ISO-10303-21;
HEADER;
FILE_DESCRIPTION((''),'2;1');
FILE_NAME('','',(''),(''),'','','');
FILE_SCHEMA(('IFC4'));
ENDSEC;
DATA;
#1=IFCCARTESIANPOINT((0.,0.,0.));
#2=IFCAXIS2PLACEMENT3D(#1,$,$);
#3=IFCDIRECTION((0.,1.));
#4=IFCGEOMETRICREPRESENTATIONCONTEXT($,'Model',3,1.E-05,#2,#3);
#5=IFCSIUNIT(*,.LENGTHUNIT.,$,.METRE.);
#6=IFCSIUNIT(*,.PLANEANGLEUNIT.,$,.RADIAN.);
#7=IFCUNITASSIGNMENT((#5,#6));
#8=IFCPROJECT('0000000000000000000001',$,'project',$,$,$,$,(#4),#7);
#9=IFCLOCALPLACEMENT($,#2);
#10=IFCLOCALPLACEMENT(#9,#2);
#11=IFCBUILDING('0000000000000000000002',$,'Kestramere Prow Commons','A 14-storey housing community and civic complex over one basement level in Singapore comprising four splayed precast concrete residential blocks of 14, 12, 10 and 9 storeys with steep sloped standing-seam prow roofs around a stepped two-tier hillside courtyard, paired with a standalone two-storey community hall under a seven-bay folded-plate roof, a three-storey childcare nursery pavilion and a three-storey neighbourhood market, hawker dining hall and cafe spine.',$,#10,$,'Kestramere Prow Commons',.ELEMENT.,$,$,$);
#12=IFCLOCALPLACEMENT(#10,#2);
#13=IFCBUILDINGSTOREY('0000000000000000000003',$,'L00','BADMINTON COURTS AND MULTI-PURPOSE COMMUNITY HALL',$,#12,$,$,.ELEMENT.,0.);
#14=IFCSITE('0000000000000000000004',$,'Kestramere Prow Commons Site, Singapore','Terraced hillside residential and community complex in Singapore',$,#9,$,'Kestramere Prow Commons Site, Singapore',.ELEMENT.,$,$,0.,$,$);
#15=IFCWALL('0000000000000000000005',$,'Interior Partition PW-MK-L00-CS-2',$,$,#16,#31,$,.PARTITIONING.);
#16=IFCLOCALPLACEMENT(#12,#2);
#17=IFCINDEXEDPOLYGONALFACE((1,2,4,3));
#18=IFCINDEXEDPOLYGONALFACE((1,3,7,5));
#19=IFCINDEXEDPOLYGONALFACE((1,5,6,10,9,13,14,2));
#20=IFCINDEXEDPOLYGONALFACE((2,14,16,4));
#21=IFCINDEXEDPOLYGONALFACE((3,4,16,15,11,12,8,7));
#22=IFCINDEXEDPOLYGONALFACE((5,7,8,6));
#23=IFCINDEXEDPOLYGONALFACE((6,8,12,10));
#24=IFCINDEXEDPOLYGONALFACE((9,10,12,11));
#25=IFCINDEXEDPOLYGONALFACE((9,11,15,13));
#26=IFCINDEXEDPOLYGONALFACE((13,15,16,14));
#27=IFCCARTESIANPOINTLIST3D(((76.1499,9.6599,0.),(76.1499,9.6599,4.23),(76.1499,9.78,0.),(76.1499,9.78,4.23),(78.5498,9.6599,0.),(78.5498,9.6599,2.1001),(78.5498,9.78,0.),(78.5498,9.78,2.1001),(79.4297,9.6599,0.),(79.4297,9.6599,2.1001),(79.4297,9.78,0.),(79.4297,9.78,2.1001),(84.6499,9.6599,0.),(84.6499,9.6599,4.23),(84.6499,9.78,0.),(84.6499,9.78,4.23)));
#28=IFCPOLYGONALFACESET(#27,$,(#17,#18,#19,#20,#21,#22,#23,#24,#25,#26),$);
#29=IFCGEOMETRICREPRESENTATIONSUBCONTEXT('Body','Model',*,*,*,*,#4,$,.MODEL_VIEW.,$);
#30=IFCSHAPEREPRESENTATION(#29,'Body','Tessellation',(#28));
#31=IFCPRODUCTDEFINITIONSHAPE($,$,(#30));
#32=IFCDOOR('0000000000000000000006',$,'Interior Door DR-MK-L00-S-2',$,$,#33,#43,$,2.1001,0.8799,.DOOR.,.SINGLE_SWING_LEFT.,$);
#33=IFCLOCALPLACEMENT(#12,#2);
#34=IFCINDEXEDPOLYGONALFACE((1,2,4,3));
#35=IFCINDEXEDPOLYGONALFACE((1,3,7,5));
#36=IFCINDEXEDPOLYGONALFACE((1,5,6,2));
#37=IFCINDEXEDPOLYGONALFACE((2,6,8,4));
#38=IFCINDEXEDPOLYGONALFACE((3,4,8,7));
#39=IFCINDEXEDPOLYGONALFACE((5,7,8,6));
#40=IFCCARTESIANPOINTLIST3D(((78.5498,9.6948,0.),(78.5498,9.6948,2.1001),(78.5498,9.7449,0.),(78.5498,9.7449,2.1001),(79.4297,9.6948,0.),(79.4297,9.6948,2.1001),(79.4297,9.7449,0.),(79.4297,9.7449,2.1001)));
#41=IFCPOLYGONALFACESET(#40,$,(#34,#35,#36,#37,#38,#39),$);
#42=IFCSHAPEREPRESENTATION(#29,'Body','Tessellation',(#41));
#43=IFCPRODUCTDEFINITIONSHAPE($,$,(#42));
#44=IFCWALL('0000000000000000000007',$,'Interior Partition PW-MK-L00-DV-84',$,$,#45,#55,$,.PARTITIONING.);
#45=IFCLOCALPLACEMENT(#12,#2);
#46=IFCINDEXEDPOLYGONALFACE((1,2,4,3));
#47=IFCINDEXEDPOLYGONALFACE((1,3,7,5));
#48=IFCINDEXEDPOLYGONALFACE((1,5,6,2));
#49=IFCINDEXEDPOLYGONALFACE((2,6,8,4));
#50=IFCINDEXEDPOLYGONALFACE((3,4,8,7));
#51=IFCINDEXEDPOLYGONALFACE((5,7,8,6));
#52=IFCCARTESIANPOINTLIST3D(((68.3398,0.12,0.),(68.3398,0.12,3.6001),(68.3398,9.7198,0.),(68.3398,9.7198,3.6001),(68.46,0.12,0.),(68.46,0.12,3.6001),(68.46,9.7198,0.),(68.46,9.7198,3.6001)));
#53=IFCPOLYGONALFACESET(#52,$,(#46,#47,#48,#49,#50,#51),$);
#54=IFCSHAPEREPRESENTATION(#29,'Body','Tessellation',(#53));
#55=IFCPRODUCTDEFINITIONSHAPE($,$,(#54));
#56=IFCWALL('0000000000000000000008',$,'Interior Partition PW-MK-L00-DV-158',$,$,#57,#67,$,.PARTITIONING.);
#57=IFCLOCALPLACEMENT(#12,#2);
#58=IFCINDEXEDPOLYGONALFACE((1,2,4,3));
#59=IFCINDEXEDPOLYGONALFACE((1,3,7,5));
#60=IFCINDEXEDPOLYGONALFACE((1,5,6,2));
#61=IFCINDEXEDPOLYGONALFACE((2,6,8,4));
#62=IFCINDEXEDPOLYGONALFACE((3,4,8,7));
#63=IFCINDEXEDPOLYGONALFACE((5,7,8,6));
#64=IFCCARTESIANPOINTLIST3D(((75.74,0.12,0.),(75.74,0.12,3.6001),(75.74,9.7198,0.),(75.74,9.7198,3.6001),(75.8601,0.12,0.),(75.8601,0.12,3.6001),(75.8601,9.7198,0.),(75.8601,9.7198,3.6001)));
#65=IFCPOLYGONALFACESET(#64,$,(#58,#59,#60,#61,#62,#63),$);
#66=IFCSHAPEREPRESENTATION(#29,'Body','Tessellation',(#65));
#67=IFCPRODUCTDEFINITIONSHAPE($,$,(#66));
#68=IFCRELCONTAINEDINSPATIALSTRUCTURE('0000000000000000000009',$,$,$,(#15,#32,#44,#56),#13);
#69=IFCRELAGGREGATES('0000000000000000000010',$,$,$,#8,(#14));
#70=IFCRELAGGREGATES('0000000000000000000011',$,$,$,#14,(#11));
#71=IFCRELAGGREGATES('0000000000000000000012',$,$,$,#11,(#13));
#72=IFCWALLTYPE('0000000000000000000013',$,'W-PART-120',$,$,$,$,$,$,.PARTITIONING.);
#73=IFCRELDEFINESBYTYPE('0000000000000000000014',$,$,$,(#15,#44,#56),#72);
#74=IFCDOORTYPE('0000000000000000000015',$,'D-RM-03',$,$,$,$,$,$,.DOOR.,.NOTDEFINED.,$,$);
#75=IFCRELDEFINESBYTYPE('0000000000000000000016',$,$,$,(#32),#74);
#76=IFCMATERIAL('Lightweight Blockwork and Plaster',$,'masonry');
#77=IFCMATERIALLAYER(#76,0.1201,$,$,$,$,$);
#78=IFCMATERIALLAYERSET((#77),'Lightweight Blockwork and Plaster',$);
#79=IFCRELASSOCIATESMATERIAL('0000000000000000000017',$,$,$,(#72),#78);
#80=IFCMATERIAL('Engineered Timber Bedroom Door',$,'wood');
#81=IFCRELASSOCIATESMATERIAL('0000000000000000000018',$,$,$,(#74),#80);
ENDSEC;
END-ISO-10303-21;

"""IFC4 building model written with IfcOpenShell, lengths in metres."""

from ifc_helpers import new_model, si_unit, direction, frame, frame_2d, origin, place, context, subcontext, project, spatial, rectangle, extrude, material, layer, layer_set, type_object, element, fill, save


model = new_model("IFC4")

# Units and contexts
model_context = context("Model", 3, precision=1e-05, world=origin(), true_north=direction((0.0, 1.0)))
body_context = subcontext(model_context, "Body", "Model", "MODEL_VIEW")
ifc_project = project(units=[si_unit("LENGTHUNIT", "METRE"), si_unit("PLANEANGLEUNIT", "RADIAN")], contexts=[model_context])

# Site, building, storey
site_placement = place(None, origin())
site = spatial("IfcSite", under=ifc_project, at=site_placement, Name="Kestramere Prow Commons Site, Singapore", Description="Terraced hillside residential and community complex in Singapore", LongName="Kestramere Prow Commons Site, Singapore", CompositionType="ELEMENT", RefElevation=0.0)
building_placement = place(site_placement, origin())
building = spatial("IfcBuilding", under=site, at=building_placement, Name="Kestramere Prow Commons", Description="A 14-storey housing community and civic complex over one basement level in Singapore comprising four splayed precast concrete residential blocks of 14, 12, 10 and 9 storeys with steep sloped standing-seam prow roofs around a stepped two-tier hillside courtyard, paired with a standalone two-storey community hall under a seven-bay folded-plate roof, a three-storey childcare nursery pavilion and a three-storey neighbourhood market, hawker dining hall and cafe spine.", LongName="Kestramere Prow Commons", CompositionType="ELEMENT")
storey_placement = place(building_placement, origin())
storey = spatial("IfcBuildingStorey", under=building, at=storey_placement, Name="L00", Description="BADMINTON COURTS AND MULTI-PURPOSE COMMUNITY HALL", CompositionType="ELEMENT", Elevation=0.0)

# Wall, opening, door
ifc_material_1 = material(Name="Lightweight Blockwork and Plaster", Category="masonry")
ifc_layer_1 = layer(ifc_material_1, 0.1201)
ifc_layer_set_1 = layer_set([ifc_layer_1], Name="Lightweight Blockwork and Plaster")
wall_type = type_object("IfcWallType", Name="W-PART-120", PredefinedType="PARTITIONING", material=ifc_layer_set_1)
wall_1_placement = place(storey_placement, frame((76.1499, 9.72, 0.0), z_axis=(0.0, 0.0, 1.0), x_axis=(1.0, 0.0, 0.0)))
wall_1 = element("IfcWall", 1, at=wall_1_placement, inside=storey, type_object=wall_type, Name="Interior Partition PW-MK-L00-CS-2", PredefinedType="PARTITIONING", context=body_context, shape_type="SweptSolid", body=[
    extrude(rectangle(XDim=8.5, YDim=0.1201, at=frame_2d((4.25, 0.0))), origin(), (0.0, 0.0, 1.0), 4.23),
])
opening_1_placement = place(wall_1_placement, frame((2.3999, 0.0, 0.0)))
opening_1 = element("IfcOpeningElement", 2, at=opening_1_placement, cuts=wall_1, PredefinedType="OPENING", context=body_context, shape_type="SweptSolid", body=[
    extrude(rectangle(XDim=0.8799, YDim=2.1001, at=frame_2d((0.4399, 1.05))), frame((0.0, 0.075, 0.0), z_axis=(0.0, -1.0, 0.0), x_axis=(1.0, 0.0, 0.0)), (0.0, 0.0, 1.0), 0.1501),
])
ifc_material_2 = material(Name="Engineered Timber Bedroom Door", Category="wood")
door_type_1 = type_object("IfcDoorType", Name="D-RM-03", OperationType="NOTDEFINED", PredefinedType="DOOR", material=ifc_material_2)
door_1_placement = place(opening_1_placement, origin())
door_1 = element("IfcDoor", 3, at=door_1_placement, inside=storey, type_object=door_type_1, Name="Interior Door DR-MK-L00-S-2", OperationType="SINGLE_SWING_LEFT", OverallHeight=2.1001, OverallWidth=0.8799, PredefinedType="DOOR", context=body_context, shape_type="SweptSolid", body=[
    extrude(rectangle(XDim=0.8799, YDim=2.1001, at=frame_2d((0.4399, 1.05))), frame((0.0, 0.0249, 0.0), z_axis=(0.0, -1.0, 0.0), x_axis=(1.0, 0.0, 0.0)), (0.0, 0.0, 1.0), 0.05),
])
fill(opening_1, door_1)

# Walls
for number, where, z_axis, x_axis, name in (
    (4, (68.3999, 0.1201, 0.0), (0.0, 0.0, 1.0), (0.0, 1.0, 0.0), "Interior Partition PW-MK-L00-DV-84"),
    (5, (75.8, 0.1201, 0.0), (0.0, 0.0, 1.0), (0.0, 1.0, 0.0), "Interior Partition PW-MK-L00-DV-158"),
):
    element("IfcWall", number, at=place(storey_placement, frame(where, z_axis=z_axis, x_axis=x_axis)), inside=storey, type_object=wall_type, Name=name, PredefinedType="PARTITIONING", context=body_context, shape_type="SweptSolid", body=[
        extrude(rectangle(XDim=9.5999, YDim=0.1201, at=frame_2d((4.7998, 0.0))), origin(), (0.0, 0.0, 1.0), 3.6001),
    ])

save(model, "model.ifc")
